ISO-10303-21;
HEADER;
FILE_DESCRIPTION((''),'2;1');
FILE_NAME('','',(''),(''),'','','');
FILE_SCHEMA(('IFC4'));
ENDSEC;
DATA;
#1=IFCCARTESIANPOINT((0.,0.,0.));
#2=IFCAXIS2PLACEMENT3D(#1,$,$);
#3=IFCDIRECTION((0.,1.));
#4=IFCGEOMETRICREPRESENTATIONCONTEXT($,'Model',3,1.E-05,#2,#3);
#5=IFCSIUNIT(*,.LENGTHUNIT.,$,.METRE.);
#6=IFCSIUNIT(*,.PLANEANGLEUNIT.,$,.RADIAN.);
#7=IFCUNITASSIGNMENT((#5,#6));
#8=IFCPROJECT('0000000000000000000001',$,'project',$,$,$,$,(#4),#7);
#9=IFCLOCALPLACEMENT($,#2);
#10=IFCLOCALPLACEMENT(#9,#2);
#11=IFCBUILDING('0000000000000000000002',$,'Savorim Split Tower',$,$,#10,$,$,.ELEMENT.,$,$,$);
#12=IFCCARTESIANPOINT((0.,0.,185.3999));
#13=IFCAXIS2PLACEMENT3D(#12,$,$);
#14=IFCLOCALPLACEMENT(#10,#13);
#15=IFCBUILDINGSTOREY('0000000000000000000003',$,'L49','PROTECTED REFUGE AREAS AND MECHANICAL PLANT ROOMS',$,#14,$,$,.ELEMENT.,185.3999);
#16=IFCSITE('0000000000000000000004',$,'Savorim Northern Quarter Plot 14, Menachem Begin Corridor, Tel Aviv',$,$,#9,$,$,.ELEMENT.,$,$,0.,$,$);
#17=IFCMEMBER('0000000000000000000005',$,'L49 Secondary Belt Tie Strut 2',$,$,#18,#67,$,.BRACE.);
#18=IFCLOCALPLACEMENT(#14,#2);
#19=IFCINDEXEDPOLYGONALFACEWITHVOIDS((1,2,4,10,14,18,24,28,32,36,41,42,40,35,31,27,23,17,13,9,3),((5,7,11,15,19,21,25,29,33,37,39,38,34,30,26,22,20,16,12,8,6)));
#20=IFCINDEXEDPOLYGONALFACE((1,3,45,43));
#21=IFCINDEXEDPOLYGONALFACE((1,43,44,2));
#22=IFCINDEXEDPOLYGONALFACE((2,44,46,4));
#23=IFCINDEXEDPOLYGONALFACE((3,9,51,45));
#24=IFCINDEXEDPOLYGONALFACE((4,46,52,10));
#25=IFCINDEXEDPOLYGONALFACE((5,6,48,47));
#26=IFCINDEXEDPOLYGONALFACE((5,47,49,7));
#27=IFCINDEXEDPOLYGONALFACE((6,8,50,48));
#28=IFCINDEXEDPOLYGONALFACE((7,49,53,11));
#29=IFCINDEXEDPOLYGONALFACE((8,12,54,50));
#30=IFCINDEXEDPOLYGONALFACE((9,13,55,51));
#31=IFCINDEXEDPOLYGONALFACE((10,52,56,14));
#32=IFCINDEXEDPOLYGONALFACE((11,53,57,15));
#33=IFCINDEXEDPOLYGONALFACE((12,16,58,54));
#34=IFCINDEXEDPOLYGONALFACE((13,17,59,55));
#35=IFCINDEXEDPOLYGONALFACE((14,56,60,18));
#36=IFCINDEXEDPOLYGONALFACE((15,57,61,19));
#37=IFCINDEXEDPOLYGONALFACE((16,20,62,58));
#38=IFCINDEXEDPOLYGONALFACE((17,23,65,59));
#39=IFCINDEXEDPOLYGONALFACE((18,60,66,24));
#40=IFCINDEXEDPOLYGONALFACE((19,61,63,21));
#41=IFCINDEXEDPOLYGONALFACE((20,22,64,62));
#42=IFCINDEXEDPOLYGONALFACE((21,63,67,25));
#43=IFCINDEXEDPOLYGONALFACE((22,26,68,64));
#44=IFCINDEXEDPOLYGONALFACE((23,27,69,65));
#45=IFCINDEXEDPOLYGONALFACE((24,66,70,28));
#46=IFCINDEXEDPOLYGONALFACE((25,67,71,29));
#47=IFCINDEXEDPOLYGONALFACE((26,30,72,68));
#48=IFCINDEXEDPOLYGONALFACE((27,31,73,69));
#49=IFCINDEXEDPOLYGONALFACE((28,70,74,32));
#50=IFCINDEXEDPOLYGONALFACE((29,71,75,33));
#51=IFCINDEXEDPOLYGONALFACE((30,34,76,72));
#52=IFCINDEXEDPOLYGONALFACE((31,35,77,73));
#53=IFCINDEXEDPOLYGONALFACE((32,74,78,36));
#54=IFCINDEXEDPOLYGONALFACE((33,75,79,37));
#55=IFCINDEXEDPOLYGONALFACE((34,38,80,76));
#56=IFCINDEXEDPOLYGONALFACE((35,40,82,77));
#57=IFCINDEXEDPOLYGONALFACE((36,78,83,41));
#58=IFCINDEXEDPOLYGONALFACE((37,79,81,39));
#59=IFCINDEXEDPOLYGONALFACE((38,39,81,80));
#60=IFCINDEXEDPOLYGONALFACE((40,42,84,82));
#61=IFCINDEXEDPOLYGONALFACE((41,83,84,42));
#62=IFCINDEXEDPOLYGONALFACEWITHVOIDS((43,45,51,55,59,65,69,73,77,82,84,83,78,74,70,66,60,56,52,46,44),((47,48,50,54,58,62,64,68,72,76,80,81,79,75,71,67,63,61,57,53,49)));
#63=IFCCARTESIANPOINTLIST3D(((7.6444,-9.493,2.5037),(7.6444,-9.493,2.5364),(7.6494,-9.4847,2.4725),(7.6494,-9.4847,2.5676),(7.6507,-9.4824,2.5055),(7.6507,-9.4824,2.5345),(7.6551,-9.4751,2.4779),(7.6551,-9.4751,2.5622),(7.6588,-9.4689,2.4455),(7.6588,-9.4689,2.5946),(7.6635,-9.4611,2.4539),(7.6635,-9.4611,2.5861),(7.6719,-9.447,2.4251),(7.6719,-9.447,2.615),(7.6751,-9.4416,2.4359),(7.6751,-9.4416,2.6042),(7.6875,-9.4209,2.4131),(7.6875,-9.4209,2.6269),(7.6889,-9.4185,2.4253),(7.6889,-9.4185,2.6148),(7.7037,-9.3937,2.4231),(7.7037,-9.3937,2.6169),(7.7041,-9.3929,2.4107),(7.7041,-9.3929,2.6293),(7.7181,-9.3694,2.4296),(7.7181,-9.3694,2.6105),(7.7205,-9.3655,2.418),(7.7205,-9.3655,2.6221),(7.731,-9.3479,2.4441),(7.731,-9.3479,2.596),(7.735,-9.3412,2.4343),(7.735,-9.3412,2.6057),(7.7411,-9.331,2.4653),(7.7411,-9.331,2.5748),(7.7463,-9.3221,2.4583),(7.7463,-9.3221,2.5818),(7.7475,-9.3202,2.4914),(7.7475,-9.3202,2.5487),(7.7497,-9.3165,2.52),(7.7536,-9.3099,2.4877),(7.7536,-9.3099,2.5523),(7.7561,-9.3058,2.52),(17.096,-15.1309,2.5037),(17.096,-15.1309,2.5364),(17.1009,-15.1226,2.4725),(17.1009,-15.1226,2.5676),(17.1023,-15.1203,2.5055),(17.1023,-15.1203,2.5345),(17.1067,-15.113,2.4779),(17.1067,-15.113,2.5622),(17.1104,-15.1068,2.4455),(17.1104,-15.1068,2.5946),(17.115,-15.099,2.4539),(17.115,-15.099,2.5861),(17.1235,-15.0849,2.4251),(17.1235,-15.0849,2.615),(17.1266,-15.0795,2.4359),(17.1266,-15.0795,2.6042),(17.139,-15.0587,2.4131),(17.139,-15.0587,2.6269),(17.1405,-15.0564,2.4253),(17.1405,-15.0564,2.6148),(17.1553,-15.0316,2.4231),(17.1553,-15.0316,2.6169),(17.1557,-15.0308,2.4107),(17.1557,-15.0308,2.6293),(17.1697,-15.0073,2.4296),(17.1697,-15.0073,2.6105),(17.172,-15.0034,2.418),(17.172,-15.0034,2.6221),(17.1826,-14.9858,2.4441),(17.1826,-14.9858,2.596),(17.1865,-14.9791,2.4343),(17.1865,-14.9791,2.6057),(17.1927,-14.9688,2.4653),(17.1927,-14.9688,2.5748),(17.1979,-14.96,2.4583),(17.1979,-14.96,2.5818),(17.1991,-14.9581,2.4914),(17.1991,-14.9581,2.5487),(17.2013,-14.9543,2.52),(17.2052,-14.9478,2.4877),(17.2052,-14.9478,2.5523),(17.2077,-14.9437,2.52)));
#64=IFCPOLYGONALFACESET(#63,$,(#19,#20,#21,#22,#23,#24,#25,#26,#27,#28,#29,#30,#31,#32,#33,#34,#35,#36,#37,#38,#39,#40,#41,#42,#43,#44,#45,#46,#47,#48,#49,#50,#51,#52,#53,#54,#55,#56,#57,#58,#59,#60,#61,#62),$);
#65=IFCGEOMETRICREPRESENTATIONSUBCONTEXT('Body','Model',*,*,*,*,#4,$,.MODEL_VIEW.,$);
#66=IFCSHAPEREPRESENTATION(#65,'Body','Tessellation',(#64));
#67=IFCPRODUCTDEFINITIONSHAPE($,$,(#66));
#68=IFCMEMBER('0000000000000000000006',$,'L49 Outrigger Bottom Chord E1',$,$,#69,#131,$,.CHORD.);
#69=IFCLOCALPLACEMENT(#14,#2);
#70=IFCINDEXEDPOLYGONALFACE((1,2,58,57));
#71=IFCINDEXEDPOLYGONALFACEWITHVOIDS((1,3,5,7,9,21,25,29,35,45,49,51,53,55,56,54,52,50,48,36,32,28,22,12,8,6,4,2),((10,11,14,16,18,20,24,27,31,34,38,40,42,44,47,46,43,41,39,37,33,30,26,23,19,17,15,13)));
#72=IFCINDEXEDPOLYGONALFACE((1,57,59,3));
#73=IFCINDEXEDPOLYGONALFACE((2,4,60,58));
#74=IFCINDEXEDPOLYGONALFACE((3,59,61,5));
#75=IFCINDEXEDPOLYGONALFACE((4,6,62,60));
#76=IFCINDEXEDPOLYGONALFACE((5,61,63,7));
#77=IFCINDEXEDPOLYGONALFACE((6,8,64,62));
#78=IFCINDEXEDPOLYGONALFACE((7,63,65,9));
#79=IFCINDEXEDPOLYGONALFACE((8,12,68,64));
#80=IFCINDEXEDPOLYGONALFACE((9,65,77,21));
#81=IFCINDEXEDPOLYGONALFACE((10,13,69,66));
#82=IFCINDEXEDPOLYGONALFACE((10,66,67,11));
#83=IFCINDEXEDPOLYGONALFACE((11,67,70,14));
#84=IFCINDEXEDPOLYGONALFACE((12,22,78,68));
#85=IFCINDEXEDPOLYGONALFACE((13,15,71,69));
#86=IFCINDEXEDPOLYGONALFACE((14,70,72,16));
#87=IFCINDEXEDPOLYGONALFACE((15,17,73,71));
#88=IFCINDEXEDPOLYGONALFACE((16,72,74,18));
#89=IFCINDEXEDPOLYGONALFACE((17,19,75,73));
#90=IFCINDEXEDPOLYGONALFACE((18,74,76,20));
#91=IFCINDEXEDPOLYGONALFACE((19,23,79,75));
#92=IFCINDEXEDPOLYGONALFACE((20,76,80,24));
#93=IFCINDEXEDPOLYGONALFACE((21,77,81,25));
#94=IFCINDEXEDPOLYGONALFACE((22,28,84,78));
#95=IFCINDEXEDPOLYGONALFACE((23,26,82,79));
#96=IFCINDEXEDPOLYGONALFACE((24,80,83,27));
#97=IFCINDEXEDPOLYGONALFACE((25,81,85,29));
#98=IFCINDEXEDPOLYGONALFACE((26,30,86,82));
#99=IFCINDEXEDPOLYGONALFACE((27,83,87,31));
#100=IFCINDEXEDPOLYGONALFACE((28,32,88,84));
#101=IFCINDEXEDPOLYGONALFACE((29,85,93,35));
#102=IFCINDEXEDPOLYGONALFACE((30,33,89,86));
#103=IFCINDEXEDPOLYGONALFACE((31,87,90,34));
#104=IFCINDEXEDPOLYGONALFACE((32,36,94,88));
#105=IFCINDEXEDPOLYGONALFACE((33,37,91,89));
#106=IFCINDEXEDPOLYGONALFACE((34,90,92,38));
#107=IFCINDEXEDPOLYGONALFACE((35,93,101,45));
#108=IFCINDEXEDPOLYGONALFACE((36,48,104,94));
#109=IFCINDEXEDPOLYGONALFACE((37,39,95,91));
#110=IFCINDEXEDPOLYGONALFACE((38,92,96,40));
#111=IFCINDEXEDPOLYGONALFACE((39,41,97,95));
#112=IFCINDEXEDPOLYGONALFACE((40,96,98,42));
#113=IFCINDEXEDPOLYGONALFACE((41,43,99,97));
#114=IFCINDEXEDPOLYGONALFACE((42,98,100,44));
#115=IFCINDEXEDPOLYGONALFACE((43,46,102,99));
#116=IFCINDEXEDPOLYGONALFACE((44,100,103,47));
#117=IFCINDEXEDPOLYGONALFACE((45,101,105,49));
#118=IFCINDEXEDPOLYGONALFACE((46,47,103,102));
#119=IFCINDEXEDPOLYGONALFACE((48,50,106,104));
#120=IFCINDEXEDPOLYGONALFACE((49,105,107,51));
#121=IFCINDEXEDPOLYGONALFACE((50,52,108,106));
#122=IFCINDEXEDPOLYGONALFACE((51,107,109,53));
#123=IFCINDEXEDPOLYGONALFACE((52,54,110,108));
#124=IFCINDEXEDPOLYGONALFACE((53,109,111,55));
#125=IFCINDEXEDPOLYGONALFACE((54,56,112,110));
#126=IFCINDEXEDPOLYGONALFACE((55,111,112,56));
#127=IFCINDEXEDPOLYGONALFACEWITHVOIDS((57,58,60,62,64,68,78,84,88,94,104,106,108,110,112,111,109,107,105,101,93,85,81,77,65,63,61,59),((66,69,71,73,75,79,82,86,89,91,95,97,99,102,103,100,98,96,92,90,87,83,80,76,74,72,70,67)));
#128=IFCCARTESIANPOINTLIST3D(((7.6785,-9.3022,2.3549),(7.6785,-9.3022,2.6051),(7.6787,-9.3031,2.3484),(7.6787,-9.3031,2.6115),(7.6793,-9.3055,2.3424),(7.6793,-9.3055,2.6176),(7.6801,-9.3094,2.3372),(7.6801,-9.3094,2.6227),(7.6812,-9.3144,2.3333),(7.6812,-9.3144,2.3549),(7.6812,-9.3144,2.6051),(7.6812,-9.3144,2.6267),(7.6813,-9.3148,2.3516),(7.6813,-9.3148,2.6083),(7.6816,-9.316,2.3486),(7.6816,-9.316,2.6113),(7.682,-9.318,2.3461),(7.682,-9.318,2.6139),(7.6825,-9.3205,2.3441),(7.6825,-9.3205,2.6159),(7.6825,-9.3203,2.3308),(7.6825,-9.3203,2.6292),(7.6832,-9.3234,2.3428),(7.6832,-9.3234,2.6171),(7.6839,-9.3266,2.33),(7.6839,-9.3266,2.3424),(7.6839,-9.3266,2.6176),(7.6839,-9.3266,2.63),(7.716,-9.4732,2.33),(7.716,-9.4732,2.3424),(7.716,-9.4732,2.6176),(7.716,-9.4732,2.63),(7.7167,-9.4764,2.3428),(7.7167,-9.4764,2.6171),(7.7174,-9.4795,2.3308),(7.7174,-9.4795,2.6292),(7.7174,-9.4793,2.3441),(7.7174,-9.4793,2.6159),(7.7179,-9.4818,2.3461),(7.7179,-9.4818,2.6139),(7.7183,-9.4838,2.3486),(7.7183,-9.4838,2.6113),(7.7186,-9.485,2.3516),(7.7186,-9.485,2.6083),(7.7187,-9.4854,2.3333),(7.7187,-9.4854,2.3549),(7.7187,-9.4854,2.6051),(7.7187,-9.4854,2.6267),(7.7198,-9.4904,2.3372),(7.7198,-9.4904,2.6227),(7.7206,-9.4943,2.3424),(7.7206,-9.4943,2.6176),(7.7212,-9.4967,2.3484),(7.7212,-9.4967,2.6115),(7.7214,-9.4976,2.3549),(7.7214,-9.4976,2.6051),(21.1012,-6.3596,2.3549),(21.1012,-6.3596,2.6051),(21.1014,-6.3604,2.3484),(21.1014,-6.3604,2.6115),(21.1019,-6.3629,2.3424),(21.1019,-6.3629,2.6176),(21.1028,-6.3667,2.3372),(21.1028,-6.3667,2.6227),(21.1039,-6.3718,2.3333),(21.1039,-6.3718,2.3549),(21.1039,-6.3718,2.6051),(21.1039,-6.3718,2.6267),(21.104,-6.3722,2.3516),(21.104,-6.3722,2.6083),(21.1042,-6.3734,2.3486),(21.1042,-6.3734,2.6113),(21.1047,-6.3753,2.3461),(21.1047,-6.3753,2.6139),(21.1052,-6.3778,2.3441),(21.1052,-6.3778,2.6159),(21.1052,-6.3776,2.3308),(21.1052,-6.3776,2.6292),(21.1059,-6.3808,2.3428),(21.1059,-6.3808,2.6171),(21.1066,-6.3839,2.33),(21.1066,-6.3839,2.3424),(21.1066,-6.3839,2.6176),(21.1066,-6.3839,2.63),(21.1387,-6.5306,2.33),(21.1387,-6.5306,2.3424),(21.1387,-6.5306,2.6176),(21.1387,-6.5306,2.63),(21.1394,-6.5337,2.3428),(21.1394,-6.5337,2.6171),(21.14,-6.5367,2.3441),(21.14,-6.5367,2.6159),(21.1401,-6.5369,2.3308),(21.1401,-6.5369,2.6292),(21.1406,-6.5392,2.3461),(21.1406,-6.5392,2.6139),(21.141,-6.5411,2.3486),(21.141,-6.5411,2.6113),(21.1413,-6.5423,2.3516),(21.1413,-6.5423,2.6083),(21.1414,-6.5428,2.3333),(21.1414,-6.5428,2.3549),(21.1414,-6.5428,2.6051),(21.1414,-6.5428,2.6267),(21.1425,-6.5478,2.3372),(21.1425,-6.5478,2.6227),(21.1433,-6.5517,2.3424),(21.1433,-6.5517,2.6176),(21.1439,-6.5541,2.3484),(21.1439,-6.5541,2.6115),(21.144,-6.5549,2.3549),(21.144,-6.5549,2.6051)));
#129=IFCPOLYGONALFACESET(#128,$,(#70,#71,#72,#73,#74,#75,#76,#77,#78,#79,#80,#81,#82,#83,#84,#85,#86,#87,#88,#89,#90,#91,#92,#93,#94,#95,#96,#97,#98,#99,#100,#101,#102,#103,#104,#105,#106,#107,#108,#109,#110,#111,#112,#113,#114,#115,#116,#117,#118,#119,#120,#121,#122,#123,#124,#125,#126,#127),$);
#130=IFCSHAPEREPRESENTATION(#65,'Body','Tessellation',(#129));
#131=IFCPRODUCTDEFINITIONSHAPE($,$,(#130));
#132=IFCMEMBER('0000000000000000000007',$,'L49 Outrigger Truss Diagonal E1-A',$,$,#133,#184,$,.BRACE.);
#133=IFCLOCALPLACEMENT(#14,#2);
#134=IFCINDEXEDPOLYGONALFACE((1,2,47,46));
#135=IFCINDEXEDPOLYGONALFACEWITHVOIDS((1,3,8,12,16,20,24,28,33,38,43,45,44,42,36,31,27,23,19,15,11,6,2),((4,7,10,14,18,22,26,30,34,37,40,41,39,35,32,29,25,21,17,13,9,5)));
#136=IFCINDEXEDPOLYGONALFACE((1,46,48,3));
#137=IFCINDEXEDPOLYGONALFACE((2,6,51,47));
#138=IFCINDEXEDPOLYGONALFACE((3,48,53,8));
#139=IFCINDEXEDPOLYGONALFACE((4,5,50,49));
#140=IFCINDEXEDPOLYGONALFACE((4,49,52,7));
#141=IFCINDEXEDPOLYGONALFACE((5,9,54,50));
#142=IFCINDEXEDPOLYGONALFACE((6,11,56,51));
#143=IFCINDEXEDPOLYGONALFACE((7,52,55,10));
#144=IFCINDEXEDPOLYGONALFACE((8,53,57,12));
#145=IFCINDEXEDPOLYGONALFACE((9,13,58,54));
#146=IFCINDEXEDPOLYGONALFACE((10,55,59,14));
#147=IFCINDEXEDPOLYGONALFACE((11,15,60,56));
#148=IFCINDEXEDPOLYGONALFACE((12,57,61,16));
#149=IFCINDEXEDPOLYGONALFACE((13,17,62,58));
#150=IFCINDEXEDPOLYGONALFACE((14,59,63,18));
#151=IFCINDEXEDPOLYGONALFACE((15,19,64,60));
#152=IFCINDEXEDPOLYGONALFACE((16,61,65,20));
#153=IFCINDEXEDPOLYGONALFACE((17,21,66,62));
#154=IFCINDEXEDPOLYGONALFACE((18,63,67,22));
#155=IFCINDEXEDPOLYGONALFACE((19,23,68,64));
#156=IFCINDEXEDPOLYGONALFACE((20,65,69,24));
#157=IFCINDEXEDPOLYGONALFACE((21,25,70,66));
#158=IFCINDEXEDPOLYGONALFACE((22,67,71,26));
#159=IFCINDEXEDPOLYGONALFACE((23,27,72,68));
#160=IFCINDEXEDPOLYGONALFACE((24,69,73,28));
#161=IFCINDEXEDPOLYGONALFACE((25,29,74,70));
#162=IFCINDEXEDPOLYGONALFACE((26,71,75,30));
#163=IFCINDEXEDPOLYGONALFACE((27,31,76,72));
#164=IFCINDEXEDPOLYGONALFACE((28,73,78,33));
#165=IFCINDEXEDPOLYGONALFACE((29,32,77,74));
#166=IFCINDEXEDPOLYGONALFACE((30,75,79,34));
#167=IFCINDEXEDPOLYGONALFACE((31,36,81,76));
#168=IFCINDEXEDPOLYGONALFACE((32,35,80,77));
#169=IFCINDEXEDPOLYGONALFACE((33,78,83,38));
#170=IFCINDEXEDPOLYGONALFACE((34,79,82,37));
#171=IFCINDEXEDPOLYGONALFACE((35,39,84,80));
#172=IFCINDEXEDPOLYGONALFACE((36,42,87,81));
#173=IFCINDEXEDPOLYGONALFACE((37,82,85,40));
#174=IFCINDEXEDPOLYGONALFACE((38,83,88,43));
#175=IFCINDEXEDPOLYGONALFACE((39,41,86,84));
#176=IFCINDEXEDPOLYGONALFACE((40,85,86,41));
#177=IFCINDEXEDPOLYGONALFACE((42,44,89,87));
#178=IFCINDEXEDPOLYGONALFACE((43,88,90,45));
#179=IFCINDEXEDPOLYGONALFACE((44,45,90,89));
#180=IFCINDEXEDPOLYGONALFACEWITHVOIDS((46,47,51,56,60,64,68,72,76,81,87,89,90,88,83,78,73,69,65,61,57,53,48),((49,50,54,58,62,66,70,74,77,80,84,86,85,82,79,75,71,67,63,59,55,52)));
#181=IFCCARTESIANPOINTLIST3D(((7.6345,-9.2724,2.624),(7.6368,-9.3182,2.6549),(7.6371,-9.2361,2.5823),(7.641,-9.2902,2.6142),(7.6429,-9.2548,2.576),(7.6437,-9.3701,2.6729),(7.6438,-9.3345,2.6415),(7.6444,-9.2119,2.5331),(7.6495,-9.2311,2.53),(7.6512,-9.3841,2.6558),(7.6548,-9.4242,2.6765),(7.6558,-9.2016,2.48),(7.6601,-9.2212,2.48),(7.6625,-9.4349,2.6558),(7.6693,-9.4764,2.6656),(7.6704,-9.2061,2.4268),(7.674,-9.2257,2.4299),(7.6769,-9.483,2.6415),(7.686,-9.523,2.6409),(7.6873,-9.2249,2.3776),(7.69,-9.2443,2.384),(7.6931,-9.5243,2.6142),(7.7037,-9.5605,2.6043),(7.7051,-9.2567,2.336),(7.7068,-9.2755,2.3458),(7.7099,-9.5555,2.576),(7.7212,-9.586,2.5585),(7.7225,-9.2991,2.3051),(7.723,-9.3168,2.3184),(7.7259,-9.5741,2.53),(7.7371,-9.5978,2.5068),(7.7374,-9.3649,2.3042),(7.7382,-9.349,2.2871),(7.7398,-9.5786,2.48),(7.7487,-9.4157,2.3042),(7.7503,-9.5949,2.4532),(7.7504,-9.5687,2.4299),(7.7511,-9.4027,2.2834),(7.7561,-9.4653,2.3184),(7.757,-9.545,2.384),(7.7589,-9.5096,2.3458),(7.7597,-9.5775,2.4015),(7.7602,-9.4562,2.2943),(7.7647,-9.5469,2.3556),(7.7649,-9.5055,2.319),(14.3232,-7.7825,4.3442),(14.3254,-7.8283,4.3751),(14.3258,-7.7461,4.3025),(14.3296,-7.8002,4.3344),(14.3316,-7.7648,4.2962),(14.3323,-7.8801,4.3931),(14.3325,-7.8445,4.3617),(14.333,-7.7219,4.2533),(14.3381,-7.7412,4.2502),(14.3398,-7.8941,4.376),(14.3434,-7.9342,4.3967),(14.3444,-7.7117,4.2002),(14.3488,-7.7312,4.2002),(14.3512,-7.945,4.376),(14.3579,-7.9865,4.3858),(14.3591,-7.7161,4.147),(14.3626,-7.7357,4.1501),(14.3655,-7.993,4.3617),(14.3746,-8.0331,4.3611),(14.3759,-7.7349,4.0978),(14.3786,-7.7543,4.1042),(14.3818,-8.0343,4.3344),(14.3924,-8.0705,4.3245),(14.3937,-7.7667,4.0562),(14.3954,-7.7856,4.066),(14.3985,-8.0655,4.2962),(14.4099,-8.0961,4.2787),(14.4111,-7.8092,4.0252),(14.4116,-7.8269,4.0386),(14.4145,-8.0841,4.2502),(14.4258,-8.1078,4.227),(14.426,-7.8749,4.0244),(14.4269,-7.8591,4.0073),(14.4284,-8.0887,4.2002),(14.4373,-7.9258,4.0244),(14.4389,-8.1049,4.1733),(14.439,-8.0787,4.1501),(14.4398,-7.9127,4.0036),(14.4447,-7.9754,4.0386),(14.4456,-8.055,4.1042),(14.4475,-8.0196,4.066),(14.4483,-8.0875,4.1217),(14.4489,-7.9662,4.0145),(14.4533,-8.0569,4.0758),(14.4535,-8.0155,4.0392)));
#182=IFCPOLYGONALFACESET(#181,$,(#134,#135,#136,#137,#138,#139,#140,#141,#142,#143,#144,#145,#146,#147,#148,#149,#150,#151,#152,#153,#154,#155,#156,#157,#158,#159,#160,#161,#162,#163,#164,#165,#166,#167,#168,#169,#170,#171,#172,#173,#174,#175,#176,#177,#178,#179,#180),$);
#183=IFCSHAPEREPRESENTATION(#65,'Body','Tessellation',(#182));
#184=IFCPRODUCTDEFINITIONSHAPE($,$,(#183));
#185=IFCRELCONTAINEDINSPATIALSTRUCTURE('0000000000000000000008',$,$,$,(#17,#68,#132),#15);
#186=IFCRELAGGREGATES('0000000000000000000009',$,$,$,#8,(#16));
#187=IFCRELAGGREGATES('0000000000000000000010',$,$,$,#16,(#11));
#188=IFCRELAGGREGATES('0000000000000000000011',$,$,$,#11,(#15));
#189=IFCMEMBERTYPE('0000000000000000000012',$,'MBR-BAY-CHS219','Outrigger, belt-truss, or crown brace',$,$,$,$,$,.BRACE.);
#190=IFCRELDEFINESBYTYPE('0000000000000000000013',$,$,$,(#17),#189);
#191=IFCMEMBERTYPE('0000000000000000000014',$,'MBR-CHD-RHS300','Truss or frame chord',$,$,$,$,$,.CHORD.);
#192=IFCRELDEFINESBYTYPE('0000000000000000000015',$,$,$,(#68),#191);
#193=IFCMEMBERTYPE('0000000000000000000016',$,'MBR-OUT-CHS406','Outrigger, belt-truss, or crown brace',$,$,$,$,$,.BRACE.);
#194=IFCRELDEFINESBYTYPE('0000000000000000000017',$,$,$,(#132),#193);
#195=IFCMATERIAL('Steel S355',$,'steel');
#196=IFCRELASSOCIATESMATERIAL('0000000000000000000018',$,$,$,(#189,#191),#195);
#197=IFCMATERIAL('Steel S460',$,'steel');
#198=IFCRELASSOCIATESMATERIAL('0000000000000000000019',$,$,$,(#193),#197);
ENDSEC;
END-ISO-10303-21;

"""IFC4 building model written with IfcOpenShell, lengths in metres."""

from ifc_helpers import new_model, si_unit, direction, frame, origin, origin_2d, place, context, subcontext, project, spatial, hollow_rectangle, hollow_circle, extrude, material, material_profile, profile_set, type_object, element, save


model = new_model("IFC4")

# Units and contexts
model_context = context("Model", 3, precision=1e-05, world=origin(), true_north=direction((0.0, 1.0)))
body_context = subcontext(model_context, "Body", "Model", "MODEL_VIEW")
ifc_project = project(units=[si_unit("LENGTHUNIT", "METRE"), si_unit("PLANEANGLEUNIT", "RADIAN")], contexts=[model_context])

# Site, building, storey
site_placement = place(None, origin())
site = spatial("IfcSite", under=ifc_project, at=site_placement, Name="Savorim Northern Quarter Plot 14, Menachem Begin Corridor, Tel Aviv", CompositionType="ELEMENT", RefElevation=0.0)
building_placement = place(site_placement, origin())
building = spatial("IfcBuilding", under=site, at=building_placement, Name="Savorim Split Tower", CompositionType="ELEMENT")
storey_placement = place(building_placement, frame((0.0, 0.0, 185.3999)))
storey = spatial("IfcBuildingStorey", under=building, at=storey_placement, Name="L49", Description="PROTECTED REFUGE AREAS AND MECHANICAL PLANT ROOMS", CompositionType="ELEMENT", Elevation=185.3999)

# Shared definitions
ifc_material_1 = material(Name="Steel S460", Category="steel")

# Shared definitions
ifc_material_2 = material(Name="Steel S355", Category="steel")

# Members
ifc_material_profile_1 = material_profile(ifc_material_2, hollow_circle(Radius=0.1096, WallThickness=0.0125, at=origin_2d()), Name="CHS 219.1x12.5")
ifc_profile_set_1 = profile_set([ifc_material_profile_1], Name="Steel S355")
member_type_1 = type_object("IfcMemberType", Name="MBR-BAY-CHS219", Description="Outrigger, belt-truss, or crown brace", PredefinedType="BRACE", material=ifc_profile_set_1)
member_1_placement = place(storey_placement, frame((7.7, -9.3999, 2.52), z_axis=(0.858815, -0.512285, 0.0), x_axis=(0.512285, 0.858815, 0.0)))
element("IfcMember", 1, at=member_1_placement, inside=storey, type_object=member_type_1, Name="L49 Secondary Belt Tie Strut 2", PredefinedType="BRACE", context=body_context, shape_type="SweptSolid", body=[
    extrude(hollow_circle(Radius=0.1096, WallThickness=0.0125, at=origin_2d()), origin(), (0.0, 0.0, 1.0), 11.0054),
])
ifc_material_profile_2 = material_profile(ifc_material_2, hollow_rectangle(XDim=0.2, YDim=0.3, WallThickness=0.0125, InnerFilletRadius=0.0125, OuterFilletRadius=0.0249, at=origin_2d()), Name="RHS 300x200x12.5")
ifc_profile_set_2 = profile_set([ifc_material_profile_2], Name="Steel S355")
member_type_2 = type_object("IfcMemberType", Name="MBR-CHD-RHS300", Description="Truss or frame chord", PredefinedType="CHORD", material=ifc_profile_set_2)
member_2_placement = place(storey_placement, frame((7.7, -9.3999, 2.48), z_axis=(0.976802, 0.214144, 0.0), x_axis=(-0.214144, 0.976802, 0.0)))
element("IfcMember", 2, at=member_2_placement, inside=storey, type_object=member_type_2, Name="L49 Outrigger Bottom Chord E1", PredefinedType="CHORD", context=body_context, shape_type="SweptSolid", body=[
    extrude(hollow_rectangle(XDim=0.2, YDim=0.3, WallThickness=0.0125, InnerFilletRadius=0.0125, OuterFilletRadius=0.0249, at=origin_2d()), origin(), (0.0, 0.0, 1.0), 13.7415),
])
ifc_material_profile_3 = material_profile(ifc_material_1, hollow_circle(Radius=0.2031, WallThickness=0.02, at=origin_2d()), Name="CHS 406.4x20")
ifc_profile_set_3 = profile_set([ifc_material_profile_3], Name="Steel S460")
member_type_3 = type_object("IfcMemberType", Name="MBR-OUT-CHS406", Description="Outrigger, belt-truss, or crown brace", PredefinedType="BRACE", material=ifc_profile_set_3)
member_3_placement = place(storey_placement, frame((7.7, -9.3999, 2.48), z_axis=(0.946703, 0.210889, 0.243474), x_axis=(-0.217432, 0.976075, 0.0)))
element("IfcMember", 3, at=member_3_placement, inside=storey, type_object=member_type_3, Name="L49 Outrigger Truss Diagonal E1-A", PredefinedType="BRACE", context=body_context, shape_type="SweptSolid", body=[
    extrude(hollow_circle(Radius=0.2031, WallThickness=0.02, at=origin_2d()), origin(), (0.0, 0.0, 1.0), 7.0652),
])

save(model, "model.ifc")
